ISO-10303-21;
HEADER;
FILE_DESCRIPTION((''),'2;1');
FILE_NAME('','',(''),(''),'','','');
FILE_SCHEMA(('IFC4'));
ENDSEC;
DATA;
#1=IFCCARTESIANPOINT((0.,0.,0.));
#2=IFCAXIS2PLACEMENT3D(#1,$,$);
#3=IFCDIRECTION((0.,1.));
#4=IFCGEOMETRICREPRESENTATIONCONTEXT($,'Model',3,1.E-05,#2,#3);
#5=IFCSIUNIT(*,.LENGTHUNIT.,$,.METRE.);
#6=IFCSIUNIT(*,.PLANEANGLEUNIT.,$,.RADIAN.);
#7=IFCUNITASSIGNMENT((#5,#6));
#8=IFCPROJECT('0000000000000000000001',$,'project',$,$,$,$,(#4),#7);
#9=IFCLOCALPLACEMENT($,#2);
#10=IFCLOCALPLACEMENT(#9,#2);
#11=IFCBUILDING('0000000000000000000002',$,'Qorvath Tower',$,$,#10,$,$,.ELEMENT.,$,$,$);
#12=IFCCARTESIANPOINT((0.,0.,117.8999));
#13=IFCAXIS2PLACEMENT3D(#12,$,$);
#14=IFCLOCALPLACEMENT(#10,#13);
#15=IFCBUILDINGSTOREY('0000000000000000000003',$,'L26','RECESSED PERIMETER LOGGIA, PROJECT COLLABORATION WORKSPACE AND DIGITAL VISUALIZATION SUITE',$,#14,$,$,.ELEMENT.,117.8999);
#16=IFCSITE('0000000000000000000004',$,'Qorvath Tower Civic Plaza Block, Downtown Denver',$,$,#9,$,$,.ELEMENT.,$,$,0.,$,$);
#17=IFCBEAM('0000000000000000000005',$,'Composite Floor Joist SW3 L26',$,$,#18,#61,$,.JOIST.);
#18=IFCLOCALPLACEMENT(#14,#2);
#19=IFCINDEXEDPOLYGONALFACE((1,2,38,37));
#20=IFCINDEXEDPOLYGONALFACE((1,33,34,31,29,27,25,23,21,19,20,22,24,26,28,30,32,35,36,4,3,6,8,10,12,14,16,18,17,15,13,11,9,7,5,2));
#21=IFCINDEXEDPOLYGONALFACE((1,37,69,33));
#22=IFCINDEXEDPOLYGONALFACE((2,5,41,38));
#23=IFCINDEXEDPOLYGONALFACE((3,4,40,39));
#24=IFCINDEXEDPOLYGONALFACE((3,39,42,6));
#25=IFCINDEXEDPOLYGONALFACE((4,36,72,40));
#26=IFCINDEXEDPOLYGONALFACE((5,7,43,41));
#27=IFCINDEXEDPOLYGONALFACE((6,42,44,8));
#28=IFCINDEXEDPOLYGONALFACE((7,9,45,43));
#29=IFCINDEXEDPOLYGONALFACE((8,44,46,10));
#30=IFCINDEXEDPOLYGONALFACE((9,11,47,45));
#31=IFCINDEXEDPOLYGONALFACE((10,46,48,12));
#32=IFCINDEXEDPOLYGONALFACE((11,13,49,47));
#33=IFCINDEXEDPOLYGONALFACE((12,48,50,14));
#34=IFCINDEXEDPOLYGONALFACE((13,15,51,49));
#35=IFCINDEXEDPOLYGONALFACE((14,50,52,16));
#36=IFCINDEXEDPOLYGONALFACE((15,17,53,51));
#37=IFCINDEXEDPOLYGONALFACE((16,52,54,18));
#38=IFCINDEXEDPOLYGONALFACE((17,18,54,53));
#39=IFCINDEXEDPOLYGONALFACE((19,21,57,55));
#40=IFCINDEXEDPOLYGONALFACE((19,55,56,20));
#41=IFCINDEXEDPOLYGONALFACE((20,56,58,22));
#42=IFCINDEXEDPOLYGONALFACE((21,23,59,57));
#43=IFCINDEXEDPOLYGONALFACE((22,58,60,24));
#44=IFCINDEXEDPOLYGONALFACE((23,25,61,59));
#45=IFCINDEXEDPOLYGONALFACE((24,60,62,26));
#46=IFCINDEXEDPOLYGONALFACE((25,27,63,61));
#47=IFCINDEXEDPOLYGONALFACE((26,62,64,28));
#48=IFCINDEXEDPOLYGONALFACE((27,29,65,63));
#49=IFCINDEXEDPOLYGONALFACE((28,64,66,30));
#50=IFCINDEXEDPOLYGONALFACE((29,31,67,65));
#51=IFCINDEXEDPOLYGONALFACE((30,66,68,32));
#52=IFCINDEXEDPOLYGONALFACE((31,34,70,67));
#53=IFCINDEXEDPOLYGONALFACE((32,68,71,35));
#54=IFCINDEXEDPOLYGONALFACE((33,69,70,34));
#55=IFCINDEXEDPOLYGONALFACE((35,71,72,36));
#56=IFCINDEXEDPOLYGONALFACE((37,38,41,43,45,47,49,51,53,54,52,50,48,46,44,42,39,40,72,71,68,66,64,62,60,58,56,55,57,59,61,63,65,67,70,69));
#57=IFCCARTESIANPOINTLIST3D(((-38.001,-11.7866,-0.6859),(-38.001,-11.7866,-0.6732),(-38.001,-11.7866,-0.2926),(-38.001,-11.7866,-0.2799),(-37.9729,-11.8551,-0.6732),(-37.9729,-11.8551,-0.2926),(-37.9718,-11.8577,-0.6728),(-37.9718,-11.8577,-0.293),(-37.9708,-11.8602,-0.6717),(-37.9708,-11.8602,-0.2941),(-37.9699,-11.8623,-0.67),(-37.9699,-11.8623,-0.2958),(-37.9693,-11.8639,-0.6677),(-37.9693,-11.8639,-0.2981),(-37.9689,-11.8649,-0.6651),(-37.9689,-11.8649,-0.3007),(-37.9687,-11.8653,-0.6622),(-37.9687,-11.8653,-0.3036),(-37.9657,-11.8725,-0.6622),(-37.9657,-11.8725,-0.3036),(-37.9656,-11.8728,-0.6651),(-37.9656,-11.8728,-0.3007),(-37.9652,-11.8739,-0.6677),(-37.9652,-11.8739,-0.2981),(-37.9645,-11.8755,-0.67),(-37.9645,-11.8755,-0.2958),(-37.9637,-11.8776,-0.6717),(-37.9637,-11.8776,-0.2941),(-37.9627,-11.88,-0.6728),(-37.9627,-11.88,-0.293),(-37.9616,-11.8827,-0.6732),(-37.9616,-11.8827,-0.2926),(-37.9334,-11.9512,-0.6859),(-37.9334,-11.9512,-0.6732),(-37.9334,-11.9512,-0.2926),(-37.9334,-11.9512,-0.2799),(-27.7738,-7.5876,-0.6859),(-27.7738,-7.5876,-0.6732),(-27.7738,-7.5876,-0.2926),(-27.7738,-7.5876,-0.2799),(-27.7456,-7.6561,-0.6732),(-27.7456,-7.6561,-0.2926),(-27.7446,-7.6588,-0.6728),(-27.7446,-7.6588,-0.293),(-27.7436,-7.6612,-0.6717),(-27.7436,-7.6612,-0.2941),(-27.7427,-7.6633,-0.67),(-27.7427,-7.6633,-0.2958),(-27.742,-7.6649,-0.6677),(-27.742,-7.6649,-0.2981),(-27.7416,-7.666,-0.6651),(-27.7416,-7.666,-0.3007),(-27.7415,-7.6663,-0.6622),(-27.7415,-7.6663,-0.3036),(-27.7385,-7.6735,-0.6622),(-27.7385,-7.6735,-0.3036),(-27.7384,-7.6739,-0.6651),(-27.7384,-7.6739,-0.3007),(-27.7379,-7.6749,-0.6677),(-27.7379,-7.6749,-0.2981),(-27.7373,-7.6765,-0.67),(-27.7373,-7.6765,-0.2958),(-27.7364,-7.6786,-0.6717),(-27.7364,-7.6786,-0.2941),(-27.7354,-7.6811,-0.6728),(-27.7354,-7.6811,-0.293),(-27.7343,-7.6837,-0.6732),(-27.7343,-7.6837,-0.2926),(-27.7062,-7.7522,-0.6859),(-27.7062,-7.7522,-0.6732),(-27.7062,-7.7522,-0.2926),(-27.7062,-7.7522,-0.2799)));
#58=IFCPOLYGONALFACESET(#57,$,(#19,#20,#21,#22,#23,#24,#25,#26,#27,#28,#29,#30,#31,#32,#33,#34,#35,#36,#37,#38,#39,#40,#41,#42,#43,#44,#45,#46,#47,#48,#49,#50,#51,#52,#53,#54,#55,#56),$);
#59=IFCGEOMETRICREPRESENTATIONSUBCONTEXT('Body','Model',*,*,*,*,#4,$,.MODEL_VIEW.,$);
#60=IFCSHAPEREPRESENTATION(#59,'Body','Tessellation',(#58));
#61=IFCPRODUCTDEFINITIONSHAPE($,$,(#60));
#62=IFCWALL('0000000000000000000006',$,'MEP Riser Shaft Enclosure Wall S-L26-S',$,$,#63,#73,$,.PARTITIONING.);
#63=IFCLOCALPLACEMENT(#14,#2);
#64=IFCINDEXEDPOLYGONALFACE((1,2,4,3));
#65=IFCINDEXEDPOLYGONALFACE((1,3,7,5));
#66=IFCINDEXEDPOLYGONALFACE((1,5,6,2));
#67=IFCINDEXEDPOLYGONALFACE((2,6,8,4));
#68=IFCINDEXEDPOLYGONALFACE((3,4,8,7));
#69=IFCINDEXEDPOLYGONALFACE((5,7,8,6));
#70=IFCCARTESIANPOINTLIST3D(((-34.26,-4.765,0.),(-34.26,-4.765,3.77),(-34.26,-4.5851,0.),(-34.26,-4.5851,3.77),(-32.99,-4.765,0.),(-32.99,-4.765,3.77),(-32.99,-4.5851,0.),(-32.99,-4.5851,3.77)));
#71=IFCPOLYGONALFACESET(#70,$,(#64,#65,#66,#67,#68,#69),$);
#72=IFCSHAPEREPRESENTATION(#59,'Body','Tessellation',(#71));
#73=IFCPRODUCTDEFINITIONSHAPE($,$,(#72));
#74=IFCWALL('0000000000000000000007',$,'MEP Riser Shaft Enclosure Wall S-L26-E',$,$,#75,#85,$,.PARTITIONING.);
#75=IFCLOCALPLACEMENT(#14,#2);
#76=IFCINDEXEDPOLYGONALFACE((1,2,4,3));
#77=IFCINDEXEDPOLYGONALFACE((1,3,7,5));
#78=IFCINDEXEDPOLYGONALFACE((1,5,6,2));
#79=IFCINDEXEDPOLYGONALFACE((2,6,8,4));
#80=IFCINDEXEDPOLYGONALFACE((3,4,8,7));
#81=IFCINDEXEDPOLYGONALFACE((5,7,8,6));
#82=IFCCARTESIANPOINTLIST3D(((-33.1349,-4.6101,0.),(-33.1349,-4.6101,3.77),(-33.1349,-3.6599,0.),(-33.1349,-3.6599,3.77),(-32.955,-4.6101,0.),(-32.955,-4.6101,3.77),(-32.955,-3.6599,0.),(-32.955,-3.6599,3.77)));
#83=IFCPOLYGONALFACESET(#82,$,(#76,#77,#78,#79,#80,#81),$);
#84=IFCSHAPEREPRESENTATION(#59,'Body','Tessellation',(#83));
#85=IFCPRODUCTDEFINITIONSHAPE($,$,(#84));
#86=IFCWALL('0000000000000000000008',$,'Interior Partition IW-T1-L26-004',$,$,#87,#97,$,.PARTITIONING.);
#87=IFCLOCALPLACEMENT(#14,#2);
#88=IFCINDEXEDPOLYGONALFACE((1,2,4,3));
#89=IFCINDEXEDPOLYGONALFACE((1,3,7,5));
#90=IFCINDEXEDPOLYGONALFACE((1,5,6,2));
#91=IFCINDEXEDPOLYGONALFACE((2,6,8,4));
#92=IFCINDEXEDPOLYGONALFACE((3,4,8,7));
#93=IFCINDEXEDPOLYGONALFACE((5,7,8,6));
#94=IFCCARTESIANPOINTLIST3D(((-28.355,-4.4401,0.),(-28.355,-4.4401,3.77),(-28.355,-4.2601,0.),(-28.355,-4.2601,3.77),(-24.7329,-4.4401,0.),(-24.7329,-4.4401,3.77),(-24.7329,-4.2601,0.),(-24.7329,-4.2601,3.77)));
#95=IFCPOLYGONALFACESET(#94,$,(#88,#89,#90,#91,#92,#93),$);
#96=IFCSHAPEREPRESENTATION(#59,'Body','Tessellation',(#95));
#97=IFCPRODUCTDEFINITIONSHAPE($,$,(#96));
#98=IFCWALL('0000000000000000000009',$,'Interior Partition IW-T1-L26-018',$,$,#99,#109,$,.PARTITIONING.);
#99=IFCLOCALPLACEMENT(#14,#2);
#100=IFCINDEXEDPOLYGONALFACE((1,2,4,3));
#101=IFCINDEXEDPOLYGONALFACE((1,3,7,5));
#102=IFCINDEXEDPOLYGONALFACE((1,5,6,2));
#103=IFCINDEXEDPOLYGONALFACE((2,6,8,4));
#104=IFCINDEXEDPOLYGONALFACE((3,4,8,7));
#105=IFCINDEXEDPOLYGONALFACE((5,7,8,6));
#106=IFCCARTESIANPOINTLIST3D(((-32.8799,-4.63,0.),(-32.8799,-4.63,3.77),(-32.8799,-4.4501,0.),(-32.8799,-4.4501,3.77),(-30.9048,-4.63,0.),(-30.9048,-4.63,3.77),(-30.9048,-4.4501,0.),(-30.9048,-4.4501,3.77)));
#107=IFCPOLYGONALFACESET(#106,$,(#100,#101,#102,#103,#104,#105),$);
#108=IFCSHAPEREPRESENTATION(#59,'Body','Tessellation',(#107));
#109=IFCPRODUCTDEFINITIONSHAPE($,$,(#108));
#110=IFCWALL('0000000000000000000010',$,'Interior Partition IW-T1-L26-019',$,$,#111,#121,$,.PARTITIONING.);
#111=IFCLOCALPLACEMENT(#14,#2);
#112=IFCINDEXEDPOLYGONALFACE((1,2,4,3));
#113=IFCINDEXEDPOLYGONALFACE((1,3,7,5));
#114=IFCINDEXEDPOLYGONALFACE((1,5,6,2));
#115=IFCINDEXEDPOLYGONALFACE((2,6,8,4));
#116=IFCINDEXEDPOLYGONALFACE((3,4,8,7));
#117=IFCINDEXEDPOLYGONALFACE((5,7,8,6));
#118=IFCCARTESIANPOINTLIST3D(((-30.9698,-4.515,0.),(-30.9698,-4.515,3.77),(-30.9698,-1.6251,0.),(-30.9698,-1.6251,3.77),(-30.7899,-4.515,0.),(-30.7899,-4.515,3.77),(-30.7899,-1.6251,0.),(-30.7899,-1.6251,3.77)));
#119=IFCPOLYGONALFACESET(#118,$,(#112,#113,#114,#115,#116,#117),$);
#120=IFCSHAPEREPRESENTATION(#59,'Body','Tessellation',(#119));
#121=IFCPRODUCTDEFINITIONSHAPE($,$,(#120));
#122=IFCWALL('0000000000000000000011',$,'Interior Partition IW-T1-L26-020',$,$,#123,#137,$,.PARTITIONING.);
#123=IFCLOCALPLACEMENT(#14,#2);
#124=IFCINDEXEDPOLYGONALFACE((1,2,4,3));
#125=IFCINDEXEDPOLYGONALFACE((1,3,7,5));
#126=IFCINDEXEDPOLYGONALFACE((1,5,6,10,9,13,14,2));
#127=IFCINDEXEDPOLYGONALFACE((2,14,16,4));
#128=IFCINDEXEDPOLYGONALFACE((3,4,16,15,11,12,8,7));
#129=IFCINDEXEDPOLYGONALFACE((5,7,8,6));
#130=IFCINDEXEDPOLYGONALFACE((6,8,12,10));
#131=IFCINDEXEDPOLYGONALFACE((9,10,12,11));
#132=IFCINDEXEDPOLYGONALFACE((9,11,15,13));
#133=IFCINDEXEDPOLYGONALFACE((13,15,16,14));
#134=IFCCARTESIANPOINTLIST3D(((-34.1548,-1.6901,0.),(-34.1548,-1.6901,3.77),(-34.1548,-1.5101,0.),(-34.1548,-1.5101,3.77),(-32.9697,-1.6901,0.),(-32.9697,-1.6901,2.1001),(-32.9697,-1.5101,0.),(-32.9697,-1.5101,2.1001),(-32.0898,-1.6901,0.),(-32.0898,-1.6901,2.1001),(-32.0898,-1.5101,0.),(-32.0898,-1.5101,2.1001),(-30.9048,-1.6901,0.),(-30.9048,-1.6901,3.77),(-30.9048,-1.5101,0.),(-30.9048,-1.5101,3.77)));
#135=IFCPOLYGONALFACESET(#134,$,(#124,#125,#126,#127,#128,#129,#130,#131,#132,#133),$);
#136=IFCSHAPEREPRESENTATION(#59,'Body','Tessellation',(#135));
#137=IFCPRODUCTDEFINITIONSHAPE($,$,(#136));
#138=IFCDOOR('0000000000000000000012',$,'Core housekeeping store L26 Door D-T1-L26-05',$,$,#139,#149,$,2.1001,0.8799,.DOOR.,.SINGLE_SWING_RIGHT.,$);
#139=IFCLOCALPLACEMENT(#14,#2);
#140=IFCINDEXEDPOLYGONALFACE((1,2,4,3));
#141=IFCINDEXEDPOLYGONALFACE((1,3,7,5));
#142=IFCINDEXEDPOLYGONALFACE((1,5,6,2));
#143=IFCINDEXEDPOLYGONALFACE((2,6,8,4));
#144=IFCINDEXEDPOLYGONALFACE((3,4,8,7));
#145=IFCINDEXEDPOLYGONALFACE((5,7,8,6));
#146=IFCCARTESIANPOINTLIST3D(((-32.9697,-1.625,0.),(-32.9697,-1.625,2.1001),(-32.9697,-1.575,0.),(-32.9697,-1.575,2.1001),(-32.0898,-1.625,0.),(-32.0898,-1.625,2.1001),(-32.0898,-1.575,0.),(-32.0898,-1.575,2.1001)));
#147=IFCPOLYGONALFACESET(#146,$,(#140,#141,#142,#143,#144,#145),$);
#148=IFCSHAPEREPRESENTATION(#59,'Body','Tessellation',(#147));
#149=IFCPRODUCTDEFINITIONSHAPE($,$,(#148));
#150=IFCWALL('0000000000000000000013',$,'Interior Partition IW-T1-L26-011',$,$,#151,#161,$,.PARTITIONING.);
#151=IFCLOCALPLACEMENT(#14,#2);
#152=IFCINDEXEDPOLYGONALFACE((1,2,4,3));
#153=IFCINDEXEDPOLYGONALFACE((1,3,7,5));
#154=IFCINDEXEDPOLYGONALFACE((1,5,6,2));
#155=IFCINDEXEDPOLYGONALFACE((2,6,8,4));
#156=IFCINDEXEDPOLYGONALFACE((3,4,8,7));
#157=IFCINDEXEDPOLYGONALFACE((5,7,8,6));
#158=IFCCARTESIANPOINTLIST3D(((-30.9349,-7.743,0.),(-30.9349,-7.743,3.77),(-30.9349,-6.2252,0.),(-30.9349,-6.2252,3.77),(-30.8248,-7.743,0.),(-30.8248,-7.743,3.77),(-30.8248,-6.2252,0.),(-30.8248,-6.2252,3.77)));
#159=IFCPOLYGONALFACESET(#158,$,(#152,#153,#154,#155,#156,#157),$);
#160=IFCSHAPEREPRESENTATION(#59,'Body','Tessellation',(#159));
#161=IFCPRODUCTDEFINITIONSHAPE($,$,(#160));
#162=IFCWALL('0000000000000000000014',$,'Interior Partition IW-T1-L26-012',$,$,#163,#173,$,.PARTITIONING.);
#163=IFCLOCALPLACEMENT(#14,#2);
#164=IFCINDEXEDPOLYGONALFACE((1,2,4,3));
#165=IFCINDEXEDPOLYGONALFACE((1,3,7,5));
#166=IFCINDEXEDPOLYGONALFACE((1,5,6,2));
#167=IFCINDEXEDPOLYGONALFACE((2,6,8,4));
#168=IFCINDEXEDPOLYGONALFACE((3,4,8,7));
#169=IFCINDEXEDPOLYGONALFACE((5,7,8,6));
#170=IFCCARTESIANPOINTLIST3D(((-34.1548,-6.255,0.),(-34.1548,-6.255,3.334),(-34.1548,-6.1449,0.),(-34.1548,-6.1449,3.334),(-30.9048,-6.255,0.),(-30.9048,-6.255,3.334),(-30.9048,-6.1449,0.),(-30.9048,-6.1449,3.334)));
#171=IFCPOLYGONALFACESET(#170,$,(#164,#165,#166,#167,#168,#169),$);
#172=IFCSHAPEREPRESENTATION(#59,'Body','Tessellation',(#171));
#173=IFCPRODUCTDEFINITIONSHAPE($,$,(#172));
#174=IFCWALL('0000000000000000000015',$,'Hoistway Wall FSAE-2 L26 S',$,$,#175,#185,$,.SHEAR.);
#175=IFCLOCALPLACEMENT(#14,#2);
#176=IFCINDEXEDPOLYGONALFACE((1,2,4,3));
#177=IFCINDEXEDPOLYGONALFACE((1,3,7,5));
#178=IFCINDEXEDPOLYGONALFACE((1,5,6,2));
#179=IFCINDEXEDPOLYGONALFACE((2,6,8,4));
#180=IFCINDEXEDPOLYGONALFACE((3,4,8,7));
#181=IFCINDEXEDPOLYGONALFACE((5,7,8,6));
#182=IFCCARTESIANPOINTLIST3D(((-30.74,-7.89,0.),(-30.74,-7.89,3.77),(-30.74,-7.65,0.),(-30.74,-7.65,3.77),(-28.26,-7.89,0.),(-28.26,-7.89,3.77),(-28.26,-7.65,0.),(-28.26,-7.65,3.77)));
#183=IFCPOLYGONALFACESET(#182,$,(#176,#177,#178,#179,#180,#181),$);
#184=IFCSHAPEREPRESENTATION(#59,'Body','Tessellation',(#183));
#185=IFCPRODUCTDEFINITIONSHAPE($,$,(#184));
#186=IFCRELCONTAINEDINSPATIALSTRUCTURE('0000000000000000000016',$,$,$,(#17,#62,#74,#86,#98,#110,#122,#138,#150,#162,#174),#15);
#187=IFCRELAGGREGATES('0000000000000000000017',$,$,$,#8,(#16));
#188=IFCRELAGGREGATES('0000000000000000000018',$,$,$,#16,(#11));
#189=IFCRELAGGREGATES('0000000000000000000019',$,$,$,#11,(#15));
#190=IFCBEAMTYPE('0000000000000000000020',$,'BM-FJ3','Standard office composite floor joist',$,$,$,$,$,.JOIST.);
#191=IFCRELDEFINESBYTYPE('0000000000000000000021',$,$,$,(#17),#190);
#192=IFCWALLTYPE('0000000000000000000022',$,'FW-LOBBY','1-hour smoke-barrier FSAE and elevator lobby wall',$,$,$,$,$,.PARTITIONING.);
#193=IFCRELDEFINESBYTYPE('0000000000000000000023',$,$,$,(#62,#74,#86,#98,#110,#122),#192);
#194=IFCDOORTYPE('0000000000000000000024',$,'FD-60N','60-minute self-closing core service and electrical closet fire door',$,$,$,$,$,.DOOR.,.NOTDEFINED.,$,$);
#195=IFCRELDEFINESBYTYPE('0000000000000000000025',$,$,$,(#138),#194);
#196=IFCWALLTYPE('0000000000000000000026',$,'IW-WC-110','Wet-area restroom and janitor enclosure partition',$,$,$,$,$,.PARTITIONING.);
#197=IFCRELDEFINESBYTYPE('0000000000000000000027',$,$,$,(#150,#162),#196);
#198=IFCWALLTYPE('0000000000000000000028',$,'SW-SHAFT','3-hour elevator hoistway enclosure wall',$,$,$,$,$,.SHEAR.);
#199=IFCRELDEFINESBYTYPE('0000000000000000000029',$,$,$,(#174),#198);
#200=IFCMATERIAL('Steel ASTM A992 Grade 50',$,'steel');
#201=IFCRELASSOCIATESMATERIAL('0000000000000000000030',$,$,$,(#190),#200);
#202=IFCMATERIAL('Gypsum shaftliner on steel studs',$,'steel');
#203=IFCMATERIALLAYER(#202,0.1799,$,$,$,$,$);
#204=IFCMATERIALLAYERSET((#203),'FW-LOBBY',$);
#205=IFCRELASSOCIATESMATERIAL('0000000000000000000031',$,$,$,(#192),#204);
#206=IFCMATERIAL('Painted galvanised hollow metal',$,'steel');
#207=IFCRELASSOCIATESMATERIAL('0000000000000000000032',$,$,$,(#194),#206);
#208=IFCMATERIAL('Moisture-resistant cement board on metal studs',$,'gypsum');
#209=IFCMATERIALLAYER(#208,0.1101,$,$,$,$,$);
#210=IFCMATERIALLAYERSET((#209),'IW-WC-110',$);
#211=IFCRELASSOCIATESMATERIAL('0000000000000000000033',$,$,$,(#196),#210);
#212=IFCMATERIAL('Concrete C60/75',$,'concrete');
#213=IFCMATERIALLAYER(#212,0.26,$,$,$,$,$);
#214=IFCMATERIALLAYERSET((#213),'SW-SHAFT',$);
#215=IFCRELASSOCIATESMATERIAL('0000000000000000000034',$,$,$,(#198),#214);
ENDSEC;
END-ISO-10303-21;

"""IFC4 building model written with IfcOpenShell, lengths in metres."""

from ifc_helpers import new_model, si_unit, direction, frame, frame_2d, origin, origin_2d, place, context, subcontext, project, spatial, rectangle, i_section, extrude, material, layer, layer_set, material_profile, profile_set, type_object, element, fill, save


model = new_model("IFC4")

# Units and contexts
model_context = context("Model", 3, precision=1e-05, world=origin(), true_north=direction((0.0, 1.0)))
body_context = subcontext(model_context, "Body", "Model", "MODEL_VIEW")
ifc_project = project(units=[si_unit("LENGTHUNIT", "METRE"), si_unit("PLANEANGLEUNIT", "RADIAN")], contexts=[model_context])

# Site, building, storey
site_placement = place(None, origin())
site = spatial("IfcSite", under=ifc_project, at=site_placement, Name="Qorvath Tower Civic Plaza Block, Downtown Denver", CompositionType="ELEMENT", RefElevation=0.0)
building_placement = place(site_placement, origin())
building = spatial("IfcBuilding", under=site, at=building_placement, Name="Qorvath Tower", CompositionType="ELEMENT")
storey_placement = place(building_placement, frame((0.0, 0.0, 117.8999)))
storey = spatial("IfcBuildingStorey", under=building, at=storey_placement, Name="L26", Description="RECESSED PERIMETER LOGGIA, PROJECT COLLABORATION WORKSPACE AND DIGITAL VISUALIZATION SUITE", CompositionType="ELEMENT", Elevation=117.8999)

# Beam
ifc_material_1 = material(Name="Steel ASTM A992 Grade 50", Category="steel")
ifc_material_profile_1 = material_profile(ifc_material_1, i_section(OverallWidth=0.178, OverallDepth=0.406, WebThickness=0.0078, FlangeThickness=0.0127, FilletRadius=0.011, at=origin_2d()), Name="W16x40")
ifc_profile_set_1 = profile_set([ifc_material_profile_1], Name="Steel ASTM A992 Grade 50")
beam_type_1 = type_object("IfcBeamType", Name="BM-FJ3", Description="Standard office composite floor joist", PredefinedType="JOIST", material=ifc_profile_set_1)
beam_1_placement = place(storey_placement, frame((-27.74, -7.6699, -0.4829), z_axis=(-0.925068, -0.379801, 0.0), x_axis=(0.379801, -0.925068, 0.0)))
element("IfcBeam", 1, at=beam_1_placement, inside=storey, type_object=beam_type_1, Name="Composite Floor Joist SW3 L26", PredefinedType="JOIST", context=body_context, shape_type="SweptSolid", body=[
    extrude(i_section(OverallWidth=0.178, OverallDepth=0.406, WebThickness=0.0078, FlangeThickness=0.0127, FilletRadius=0.011, at=origin_2d()), origin(), (0.0, 0.0, 1.0), 11.0557),
])

# Walls
ifc_material_2 = material(Name="Gypsum shaftliner on steel studs", Category="steel")
ifc_layer_1 = layer(ifc_material_2, 0.1799)
ifc_layer_set_1 = layer_set([ifc_layer_1], Name="FW-LOBBY")
wall_type_1 = type_object("IfcWallType", Name="FW-LOBBY", Description="1-hour smoke-barrier FSAE and elevator lobby wall", PredefinedType="PARTITIONING", material=ifc_layer_set_1)
wall_1_placement = place(storey_placement, frame((-32.99, -4.675, 0.0), z_axis=(0.0, 0.0, 1.0), x_axis=(-1.0, 0.0, 0.0)))
element("IfcWall", 2, at=wall_1_placement, inside=storey, type_object=wall_type_1, Name="MEP Riser Shaft Enclosure Wall S-L26-S", PredefinedType="PARTITIONING", context=body_context, shape_type="SweptSolid", body=[
    extrude(rectangle(XDim=1.27, YDim=0.1799, at=frame_2d((0.635, 0.0))), origin(), (0.0, 0.0, 1.0), 3.77),
])
wall_2_placement = place(storey_placement, frame((-33.0449, -3.6599, 0.0), z_axis=(0.0, 0.0, 1.0), x_axis=(0.0, -1.0, 0.0)))
element("IfcWall", 3, at=wall_2_placement, inside=storey, type_object=wall_type_1, Name="MEP Riser Shaft Enclosure Wall S-L26-E", PredefinedType="PARTITIONING", context=body_context, shape_type="SweptSolid", body=[
    extrude(rectangle(XDim=0.9502, YDim=0.1799, at=frame_2d((0.4751, 0.0))), origin(), (0.0, 0.0, 1.0), 3.77),
])

# Walls
wall_3_placement = place(storey_placement, frame((-24.7329, -4.3501, 0.0), z_axis=(0.0, 0.0, 1.0), x_axis=(-1.0, 0.0, 0.0)))
element("IfcWall", 4, at=wall_3_placement, inside=storey, type_object=wall_type_1, Name="Interior Partition IW-T1-L26-004", PredefinedType="PARTITIONING", context=body_context, shape_type="SweptSolid", body=[
    extrude(rectangle(XDim=3.6221, YDim=0.1799, at=frame_2d((1.811, 0.0))), origin(), (0.0, 0.0, 1.0), 3.77),
])
wall_4_placement = place(storey_placement, frame((-32.8799, -4.54, 0.0), z_axis=(0.0, 0.0, 1.0), x_axis=(1.0, 0.0, 0.0)))
element("IfcWall", 5, at=wall_4_placement, inside=storey, type_object=wall_type_1, Name="Interior Partition IW-T1-L26-018", PredefinedType="PARTITIONING", context=body_context, shape_type="SweptSolid", body=[
    extrude(rectangle(XDim=1.9751, YDim=0.1799, at=frame_2d((0.9875, 0.0))), origin(), (0.0, 0.0, 1.0), 3.77),
])
wall_5_placement = place(storey_placement, frame((-30.8799, -4.5149, 0.0), z_axis=(0.0, 0.0, 1.0), x_axis=(0.0, 1.0, 0.0)))
element("IfcWall", 6, at=wall_5_placement, inside=storey, type_object=wall_type_1, Name="Interior Partition IW-T1-L26-019", PredefinedType="PARTITIONING", context=body_context, shape_type="SweptSolid", body=[
    extrude(rectangle(XDim=2.8899, YDim=0.1799, at=frame_2d((1.4448, 0.0))), origin(), (0.0, 0.0, 1.0), 3.77),
])

# Wall, opening, door
wall_6_placement = place(storey_placement, frame((-30.9048, -1.6001, 0.0), z_axis=(0.0, 0.0, 1.0), x_axis=(-1.0, 0.0, 0.0)))
wall_6 = element("IfcWall", 7, at=wall_6_placement, inside=storey, type_object=wall_type_1, Name="Interior Partition IW-T1-L26-020", PredefinedType="PARTITIONING", context=body_context, shape_type="SweptSolid", body=[
    extrude(rectangle(XDim=3.25, YDim=0.1799, at=frame_2d((1.625, 0.0))), origin(), (0.0, 0.0, 1.0), 3.77),
])
opening_1_placement = place(wall_6_placement, frame((1.1851, 0.0, 0.0)))
opening_1 = element("IfcOpeningElement", 8, at=opening_1_placement, cuts=wall_6, PredefinedType="OPENING", context=body_context, shape_type="SweptSolid", body=[
    extrude(rectangle(XDim=0.8799, YDim=2.1001, at=frame_2d((0.4399, 1.05))), frame((0.0, 0.1001, 0.0), z_axis=(0.0, -1.0, 0.0), x_axis=(1.0, 0.0, 0.0)), (0.0, 0.0, 1.0), 0.2),
])
ifc_material_3 = material(Name="Painted galvanised hollow metal", Category="steel")
door_type_1 = type_object("IfcDoorType", Name="FD-60N", Description="60-minute self-closing core service and electrical closet fire door", OperationType="NOTDEFINED", PredefinedType="DOOR", material=ifc_material_3)
door_1_placement = place(opening_1_placement, origin())
door_1 = element("IfcDoor", 9, at=door_1_placement, inside=storey, type_object=door_type_1, Name="Core housekeeping store L26 Door D-T1-L26-05", OperationType="SINGLE_SWING_RIGHT", OverallHeight=2.1001, OverallWidth=0.8799, PredefinedType="DOOR", context=body_context, shape_type="SweptSolid", body=[
    extrude(rectangle(XDim=0.8799, YDim=2.1001, at=frame_2d((0.4399, 1.05))), frame((0.0, 0.0249, 0.0), z_axis=(0.0, -1.0, 0.0), x_axis=(1.0, 0.0, 0.0)), (0.0, 0.0, 1.0), 0.05),
])
fill(opening_1, door_1)

# Walls
ifc_material_4 = material(Name="Moisture-resistant cement board on metal studs", Category="gypsum")
ifc_layer_2 = layer(ifc_material_4, 0.1101)
ifc_layer_set_2 = layer_set([ifc_layer_2], Name="IW-WC-110")
wall_type_2 = type_object("IfcWallType", Name="IW-WC-110", Description="Wet-area restroom and janitor enclosure partition", PredefinedType="PARTITIONING", material=ifc_layer_set_2)
wall_7_placement = place(storey_placement, frame((-30.8799, -7.7429, 0.0), z_axis=(0.0, 0.0, 1.0), x_axis=(0.0, 1.0, 0.0)))
element("IfcWall", 10, at=wall_7_placement, inside=storey, type_object=wall_type_2, Name="Interior Partition IW-T1-L26-011", PredefinedType="PARTITIONING", context=body_context, shape_type="SweptSolid", body=[
    extrude(rectangle(XDim=1.5178, YDim=0.1101, at=frame_2d((0.7588, 0.0))), origin(), (0.0, 0.0, 1.0), 3.77),
])
wall_8_placement = place(storey_placement, frame((-30.9048, -6.2, 0.0), z_axis=(0.0, 0.0, 1.0), x_axis=(-1.0, 0.0, 0.0)))
element("IfcWall", 11, at=wall_8_placement, inside=storey, type_object=wall_type_2, Name="Interior Partition IW-T1-L26-012", PredefinedType="PARTITIONING", context=body_context, shape_type="SweptSolid", body=[
    extrude(rectangle(XDim=3.25, YDim=0.1101, at=frame_2d((1.625, 0.0))), origin(), (0.0, 0.0, 1.0), 3.334),
])
ifc_material_5 = material(Name="Concrete C60/75", Category="concrete")
ifc_layer_3 = layer(ifc_material_5, 0.26)
ifc_layer_set_3 = layer_set([ifc_layer_3], Name="SW-SHAFT")
wall_type_3 = type_object("IfcWallType", Name="SW-SHAFT", Description="3-hour elevator hoistway enclosure wall", PredefinedType="SHEAR", material=ifc_layer_set_3)
for number, where, z_axis, x_axis, name in (
    (12, (-28.26, -7.77, 0.0), (0.0, 0.0, 1.0), (-1.0, 0.0, 0.0), "Hoistway Wall FSAE-2 L26 S"),
):
    element("IfcWall", number, at=place(storey_placement, frame(where, z_axis=z_axis, x_axis=x_axis)), inside=storey, type_object=wall_type_3, Name=name, PredefinedType="SHEAR", context=body_context, shape_type="SweptSolid", body=[
        extrude(rectangle(XDim=2.48, YDim=0.24, at=frame_2d((1.24, 0.0))), origin(), (0.0, 0.0, 1.0), 3.77),
    ])

save(model, "model.ifc")
